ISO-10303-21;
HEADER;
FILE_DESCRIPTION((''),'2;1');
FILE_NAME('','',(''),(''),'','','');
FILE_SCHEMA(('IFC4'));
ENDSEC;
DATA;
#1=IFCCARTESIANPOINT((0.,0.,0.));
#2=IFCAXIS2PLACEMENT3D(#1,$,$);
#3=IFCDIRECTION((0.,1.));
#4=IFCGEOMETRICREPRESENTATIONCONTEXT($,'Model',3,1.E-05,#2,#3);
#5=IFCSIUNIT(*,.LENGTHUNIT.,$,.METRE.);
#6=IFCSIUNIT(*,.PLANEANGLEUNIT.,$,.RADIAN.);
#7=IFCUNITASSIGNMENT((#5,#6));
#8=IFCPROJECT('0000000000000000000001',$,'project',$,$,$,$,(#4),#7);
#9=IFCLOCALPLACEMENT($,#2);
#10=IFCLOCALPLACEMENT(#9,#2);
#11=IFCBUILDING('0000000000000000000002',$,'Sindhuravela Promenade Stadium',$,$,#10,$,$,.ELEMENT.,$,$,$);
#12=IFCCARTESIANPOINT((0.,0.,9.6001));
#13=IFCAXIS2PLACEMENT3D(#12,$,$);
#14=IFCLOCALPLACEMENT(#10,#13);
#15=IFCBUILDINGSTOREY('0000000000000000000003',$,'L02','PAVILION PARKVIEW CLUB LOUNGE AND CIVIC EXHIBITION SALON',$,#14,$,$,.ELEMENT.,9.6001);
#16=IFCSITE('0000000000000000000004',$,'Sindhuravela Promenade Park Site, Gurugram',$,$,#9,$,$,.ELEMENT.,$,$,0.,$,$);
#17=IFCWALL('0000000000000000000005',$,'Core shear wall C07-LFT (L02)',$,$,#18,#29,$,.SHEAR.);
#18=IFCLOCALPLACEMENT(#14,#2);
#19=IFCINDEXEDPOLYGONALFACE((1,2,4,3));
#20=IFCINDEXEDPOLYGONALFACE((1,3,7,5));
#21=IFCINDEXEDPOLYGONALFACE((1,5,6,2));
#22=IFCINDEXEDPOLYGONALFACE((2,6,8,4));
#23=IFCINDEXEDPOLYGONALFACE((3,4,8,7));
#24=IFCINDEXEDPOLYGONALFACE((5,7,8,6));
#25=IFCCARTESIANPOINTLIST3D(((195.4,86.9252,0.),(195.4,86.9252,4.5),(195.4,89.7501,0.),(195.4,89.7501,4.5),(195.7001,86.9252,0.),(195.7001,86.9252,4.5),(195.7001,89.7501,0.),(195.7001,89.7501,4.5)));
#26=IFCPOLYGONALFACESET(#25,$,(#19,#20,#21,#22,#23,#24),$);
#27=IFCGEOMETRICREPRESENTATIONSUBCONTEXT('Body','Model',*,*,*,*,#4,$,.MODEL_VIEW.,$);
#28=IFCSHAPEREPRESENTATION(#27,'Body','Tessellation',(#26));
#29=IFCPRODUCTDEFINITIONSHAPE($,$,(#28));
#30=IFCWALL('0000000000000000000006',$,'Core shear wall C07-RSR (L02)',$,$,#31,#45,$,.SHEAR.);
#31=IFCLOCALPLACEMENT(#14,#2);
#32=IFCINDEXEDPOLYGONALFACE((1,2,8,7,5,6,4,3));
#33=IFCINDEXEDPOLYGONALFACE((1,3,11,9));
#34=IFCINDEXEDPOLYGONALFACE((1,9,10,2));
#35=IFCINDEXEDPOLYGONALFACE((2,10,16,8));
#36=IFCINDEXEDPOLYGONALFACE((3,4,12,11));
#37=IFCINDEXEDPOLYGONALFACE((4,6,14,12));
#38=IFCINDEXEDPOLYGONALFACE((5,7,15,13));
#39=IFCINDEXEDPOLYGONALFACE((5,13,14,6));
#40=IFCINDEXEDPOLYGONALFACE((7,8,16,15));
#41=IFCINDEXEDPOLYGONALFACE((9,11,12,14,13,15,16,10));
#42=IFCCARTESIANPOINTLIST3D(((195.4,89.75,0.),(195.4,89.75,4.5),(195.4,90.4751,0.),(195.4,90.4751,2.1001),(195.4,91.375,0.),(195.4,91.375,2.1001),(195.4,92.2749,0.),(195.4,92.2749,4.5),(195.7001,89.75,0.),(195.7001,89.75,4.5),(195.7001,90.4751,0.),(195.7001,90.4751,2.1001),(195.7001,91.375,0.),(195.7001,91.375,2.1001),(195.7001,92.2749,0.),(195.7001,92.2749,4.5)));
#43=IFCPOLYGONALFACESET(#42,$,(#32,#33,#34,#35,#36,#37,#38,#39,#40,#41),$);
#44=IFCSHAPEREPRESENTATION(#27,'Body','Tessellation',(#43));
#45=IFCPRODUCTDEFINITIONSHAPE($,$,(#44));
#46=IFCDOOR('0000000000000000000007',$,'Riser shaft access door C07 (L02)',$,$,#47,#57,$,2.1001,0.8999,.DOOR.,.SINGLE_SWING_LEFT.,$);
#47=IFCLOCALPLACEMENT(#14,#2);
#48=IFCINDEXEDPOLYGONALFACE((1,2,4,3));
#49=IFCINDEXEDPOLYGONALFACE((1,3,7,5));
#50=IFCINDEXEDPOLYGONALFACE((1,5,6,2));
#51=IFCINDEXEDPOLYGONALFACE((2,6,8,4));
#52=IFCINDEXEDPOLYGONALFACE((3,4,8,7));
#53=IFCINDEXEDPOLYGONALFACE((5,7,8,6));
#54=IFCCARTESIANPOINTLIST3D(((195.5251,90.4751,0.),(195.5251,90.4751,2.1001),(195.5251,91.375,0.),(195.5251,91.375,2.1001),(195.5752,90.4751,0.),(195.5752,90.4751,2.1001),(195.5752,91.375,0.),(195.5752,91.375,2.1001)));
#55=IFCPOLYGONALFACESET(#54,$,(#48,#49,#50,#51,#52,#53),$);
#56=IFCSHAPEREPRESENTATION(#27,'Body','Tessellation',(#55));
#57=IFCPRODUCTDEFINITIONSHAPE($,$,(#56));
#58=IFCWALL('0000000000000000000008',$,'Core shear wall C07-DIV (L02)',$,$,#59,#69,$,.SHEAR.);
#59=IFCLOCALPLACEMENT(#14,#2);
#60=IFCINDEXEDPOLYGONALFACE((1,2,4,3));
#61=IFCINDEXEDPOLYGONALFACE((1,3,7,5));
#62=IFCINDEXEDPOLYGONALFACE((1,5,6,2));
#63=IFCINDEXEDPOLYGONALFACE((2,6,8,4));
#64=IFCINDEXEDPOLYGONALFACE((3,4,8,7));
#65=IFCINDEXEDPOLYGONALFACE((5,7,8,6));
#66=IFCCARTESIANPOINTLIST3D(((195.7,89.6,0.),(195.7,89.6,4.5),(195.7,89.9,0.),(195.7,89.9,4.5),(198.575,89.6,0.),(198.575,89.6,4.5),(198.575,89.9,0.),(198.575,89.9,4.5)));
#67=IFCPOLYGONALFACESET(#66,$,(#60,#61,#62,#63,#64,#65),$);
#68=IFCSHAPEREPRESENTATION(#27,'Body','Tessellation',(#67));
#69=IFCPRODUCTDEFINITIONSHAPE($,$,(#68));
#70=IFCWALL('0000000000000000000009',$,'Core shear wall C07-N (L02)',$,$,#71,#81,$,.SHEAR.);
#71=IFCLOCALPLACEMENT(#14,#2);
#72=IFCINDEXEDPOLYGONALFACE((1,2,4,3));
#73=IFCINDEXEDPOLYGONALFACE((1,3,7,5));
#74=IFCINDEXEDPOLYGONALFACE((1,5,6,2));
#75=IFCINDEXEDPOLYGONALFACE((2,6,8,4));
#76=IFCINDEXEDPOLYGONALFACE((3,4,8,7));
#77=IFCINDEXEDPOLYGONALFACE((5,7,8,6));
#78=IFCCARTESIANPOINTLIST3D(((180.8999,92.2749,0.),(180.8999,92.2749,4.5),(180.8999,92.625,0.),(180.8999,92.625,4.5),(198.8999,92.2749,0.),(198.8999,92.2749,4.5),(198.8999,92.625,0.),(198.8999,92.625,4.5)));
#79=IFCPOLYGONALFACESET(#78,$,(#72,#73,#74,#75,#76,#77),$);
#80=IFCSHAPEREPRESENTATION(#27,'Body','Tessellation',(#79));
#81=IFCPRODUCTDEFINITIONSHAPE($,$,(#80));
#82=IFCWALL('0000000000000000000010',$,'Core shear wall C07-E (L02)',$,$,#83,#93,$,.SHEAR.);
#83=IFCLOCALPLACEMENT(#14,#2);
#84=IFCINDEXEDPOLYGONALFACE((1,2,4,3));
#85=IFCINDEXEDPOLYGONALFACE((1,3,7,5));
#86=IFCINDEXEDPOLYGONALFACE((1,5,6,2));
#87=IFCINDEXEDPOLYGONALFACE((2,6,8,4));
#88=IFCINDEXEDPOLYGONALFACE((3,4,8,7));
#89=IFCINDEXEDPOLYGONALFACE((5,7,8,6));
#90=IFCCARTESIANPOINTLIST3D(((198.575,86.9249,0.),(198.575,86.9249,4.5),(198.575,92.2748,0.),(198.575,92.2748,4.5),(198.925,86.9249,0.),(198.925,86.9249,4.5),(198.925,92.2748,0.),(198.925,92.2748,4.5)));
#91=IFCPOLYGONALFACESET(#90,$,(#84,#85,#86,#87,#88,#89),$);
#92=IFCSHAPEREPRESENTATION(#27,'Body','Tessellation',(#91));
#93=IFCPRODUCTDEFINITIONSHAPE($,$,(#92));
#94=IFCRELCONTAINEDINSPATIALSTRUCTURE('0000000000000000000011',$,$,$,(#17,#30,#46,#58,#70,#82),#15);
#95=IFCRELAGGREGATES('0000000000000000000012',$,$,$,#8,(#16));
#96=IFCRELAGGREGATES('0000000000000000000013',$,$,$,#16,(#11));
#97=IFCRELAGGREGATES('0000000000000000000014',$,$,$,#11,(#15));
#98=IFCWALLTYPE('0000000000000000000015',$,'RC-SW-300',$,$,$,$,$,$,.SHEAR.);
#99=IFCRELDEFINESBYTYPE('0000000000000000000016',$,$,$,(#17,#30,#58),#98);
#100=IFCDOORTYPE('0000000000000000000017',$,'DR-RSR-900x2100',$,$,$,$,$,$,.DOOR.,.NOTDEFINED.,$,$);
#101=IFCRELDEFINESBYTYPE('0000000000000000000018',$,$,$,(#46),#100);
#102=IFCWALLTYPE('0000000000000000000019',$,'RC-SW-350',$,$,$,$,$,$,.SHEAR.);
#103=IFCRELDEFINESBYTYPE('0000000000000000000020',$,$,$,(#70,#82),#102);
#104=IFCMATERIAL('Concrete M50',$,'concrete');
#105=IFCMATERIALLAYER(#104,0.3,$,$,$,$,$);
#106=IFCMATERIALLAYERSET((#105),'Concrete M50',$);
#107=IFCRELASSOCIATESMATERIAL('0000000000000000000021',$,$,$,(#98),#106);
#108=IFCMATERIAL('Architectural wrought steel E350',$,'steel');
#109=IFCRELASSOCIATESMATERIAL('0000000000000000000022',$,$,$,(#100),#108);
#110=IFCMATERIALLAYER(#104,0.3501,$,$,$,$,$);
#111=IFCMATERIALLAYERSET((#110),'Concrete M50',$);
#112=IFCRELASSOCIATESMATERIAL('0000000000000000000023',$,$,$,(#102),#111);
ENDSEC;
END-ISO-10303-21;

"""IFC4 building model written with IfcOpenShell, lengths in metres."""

from ifc_helpers import new_model, si_unit, direction, frame, frame_2d, origin, place, context, subcontext, project, spatial, rectangle, extrude, material, layer, layer_set, type_object, element, fill, save


model = new_model("IFC4")

# Units and contexts
model_context = context("Model", 3, precision=1e-05, world=origin(), true_north=direction((0.0, 1.0)))
body_context = subcontext(model_context, "Body", "Model", "MODEL_VIEW")
ifc_project = project(units=[si_unit("LENGTHUNIT", "METRE"), si_unit("PLANEANGLEUNIT", "RADIAN")], contexts=[model_context])

# Site, building, storey
site_placement = place(None, origin())
site = spatial("IfcSite", under=ifc_project, at=site_placement, Name="Sindhuravela Promenade Park Site, Gurugram", CompositionType="ELEMENT", RefElevation=0.0)
building_placement = place(site_placement, origin())
building = spatial("IfcBuilding", under=site, at=building_placement, Name="Sindhuravela Promenade Stadium", CompositionType="ELEMENT")
storey_placement = place(building_placement, frame((0.0, 0.0, 9.6001)))
storey = spatial("IfcBuildingStorey", under=building, at=storey_placement, Name="L02", Description="PAVILION PARKVIEW CLUB LOUNGE AND CIVIC EXHIBITION SALON", CompositionType="ELEMENT", Elevation=9.6001)

# Shared definitions
ifc_material_1 = material(Name="Concrete M50", Category="concrete")
ifc_layer_1 = layer(ifc_material_1, 0.3)
ifc_layer_set_1 = layer_set([ifc_layer_1], Name="Concrete M50")
wall_type_1 = type_object("IfcWallType", Name="RC-SW-300", PredefinedType="SHEAR", material=ifc_layer_set_1)
ifc_material_2 = material(Name="Architectural wrought steel E350", Category="steel")

# Wall
wall_1_placement = place(storey_placement, frame((195.55, 86.925, 0.0), z_axis=(0.0, 0.0, 1.0), x_axis=(0.0, 1.0, 0.0)))
element("IfcWall", 1, at=wall_1_placement, inside=storey, type_object=wall_type_1, Name="Core shear wall C07-LFT (L02)", PredefinedType="SHEAR", context=body_context, shape_type="SweptSolid", body=[
    extrude(rectangle(XDim=2.825, YDim=0.3, at=frame_2d((1.4126, 0.0))), origin(), (0.0, 0.0, 1.0), 4.5),
])

# Wall, opening, door
wall_2_placement = place(storey_placement, frame((195.55, 89.75, 0.0), z_axis=(0.0, 0.0, 1.0), x_axis=(0.0, 1.0, 0.0)))
wall_2 = element("IfcWall", 2, at=wall_2_placement, inside=storey, type_object=wall_type_1, Name="Core shear wall C07-RSR (L02)", PredefinedType="SHEAR", context=body_context, shape_type="SweptSolid", body=[
    extrude(rectangle(XDim=2.5249, YDim=0.3, at=frame_2d((1.2625, 0.0))), origin(), (0.0, 0.0, 1.0), 4.5),
])
opening_1_placement = place(wall_2_placement, frame((0.7251, 0.0, 0.0)))
opening_1 = element("IfcOpeningElement", 3, at=opening_1_placement, cuts=wall_2, PredefinedType="OPENING", context=body_context, shape_type="SweptSolid", body=[
    extrude(rectangle(XDim=0.8999, YDim=2.1001, at=frame_2d((0.45, 1.05))), frame((0.0, 0.1599, 0.0), z_axis=(0.0, -1.0, 0.0), x_axis=(1.0, 0.0, 0.0)), (0.0, 0.0, 1.0), 0.3201),
])
door_type_1 = type_object("IfcDoorType", Name="DR-RSR-900x2100", OperationType="NOTDEFINED", PredefinedType="DOOR", material=ifc_material_2)
door_1_placement = place(opening_1_placement, origin())
door_1 = element("IfcDoor", 4, at=door_1_placement, inside=storey, type_object=door_type_1, Name="Riser shaft access door C07 (L02)", OperationType="SINGLE_SWING_LEFT", OverallHeight=2.1001, OverallWidth=0.8999, PredefinedType="DOOR", context=body_context, shape_type="SweptSolid", body=[
    extrude(rectangle(XDim=0.8999, YDim=2.1001, at=frame_2d((0.45, 1.05))), frame((0.0, 0.0249, 0.0), z_axis=(0.0, -1.0, 0.0), x_axis=(1.0, 0.0, 0.0)), (0.0, 0.0, 1.0), 0.05),
])
fill(opening_1, door_1)

# Walls
wall_3_placement = place(storey_placement, frame((195.7, 89.75, 0.0), z_axis=(0.0, 0.0, 1.0), x_axis=(1.0, 0.0, 0.0)))
element("IfcWall", 5, at=wall_3_placement, inside=storey, type_object=wall_type_1, Name="Core shear wall C07-DIV (L02)", PredefinedType="SHEAR", context=body_context, shape_type="SweptSolid", body=[
    extrude(rectangle(XDim=2.875, YDim=0.3, at=frame_2d((1.4375, 0.0))), origin(), (0.0, 0.0, 1.0), 4.5),
])
ifc_layer_2 = layer(ifc_material_1, 0.3501)
ifc_layer_set_2 = layer_set([ifc_layer_2], Name="Concrete M50")
wall_type_2 = type_object("IfcWallType", Name="RC-SW-350", PredefinedType="SHEAR", material=ifc_layer_set_2)
wall_4_placement = place(storey_placement, frame((198.8999, 92.45, 0.0), z_axis=(0.0, 0.0, 1.0), x_axis=(-1.0, 0.0, 0.0)))
element("IfcWall", 6, at=wall_4_placement, inside=storey, type_object=wall_type_2, Name="Core shear wall C07-N (L02)", PredefinedType="SHEAR", context=body_context, shape_type="SweptSolid", body=[
    extrude(rectangle(XDim=18.0, YDim=0.3501, at=frame_2d((9.0, 0.0))), origin(), (0.0, 0.0, 1.0), 4.5),
])
wall_5_placement = place(storey_placement, frame((198.75, 86.925, 0.0), z_axis=(0.0, 0.0, 1.0), x_axis=(0.0, 1.0, 0.0)))
element("IfcWall", 7, at=wall_5_placement, inside=storey, type_object=wall_type_2, Name="Core shear wall C07-E (L02)", PredefinedType="SHEAR", context=body_context, shape_type="SweptSolid", body=[
    extrude(rectangle(XDim=5.3499, YDim=0.3501, at=frame_2d((2.6748, 0.0))), origin(), (0.0, 0.0, 1.0), 4.5),
])

save(model, "model.ifc")
